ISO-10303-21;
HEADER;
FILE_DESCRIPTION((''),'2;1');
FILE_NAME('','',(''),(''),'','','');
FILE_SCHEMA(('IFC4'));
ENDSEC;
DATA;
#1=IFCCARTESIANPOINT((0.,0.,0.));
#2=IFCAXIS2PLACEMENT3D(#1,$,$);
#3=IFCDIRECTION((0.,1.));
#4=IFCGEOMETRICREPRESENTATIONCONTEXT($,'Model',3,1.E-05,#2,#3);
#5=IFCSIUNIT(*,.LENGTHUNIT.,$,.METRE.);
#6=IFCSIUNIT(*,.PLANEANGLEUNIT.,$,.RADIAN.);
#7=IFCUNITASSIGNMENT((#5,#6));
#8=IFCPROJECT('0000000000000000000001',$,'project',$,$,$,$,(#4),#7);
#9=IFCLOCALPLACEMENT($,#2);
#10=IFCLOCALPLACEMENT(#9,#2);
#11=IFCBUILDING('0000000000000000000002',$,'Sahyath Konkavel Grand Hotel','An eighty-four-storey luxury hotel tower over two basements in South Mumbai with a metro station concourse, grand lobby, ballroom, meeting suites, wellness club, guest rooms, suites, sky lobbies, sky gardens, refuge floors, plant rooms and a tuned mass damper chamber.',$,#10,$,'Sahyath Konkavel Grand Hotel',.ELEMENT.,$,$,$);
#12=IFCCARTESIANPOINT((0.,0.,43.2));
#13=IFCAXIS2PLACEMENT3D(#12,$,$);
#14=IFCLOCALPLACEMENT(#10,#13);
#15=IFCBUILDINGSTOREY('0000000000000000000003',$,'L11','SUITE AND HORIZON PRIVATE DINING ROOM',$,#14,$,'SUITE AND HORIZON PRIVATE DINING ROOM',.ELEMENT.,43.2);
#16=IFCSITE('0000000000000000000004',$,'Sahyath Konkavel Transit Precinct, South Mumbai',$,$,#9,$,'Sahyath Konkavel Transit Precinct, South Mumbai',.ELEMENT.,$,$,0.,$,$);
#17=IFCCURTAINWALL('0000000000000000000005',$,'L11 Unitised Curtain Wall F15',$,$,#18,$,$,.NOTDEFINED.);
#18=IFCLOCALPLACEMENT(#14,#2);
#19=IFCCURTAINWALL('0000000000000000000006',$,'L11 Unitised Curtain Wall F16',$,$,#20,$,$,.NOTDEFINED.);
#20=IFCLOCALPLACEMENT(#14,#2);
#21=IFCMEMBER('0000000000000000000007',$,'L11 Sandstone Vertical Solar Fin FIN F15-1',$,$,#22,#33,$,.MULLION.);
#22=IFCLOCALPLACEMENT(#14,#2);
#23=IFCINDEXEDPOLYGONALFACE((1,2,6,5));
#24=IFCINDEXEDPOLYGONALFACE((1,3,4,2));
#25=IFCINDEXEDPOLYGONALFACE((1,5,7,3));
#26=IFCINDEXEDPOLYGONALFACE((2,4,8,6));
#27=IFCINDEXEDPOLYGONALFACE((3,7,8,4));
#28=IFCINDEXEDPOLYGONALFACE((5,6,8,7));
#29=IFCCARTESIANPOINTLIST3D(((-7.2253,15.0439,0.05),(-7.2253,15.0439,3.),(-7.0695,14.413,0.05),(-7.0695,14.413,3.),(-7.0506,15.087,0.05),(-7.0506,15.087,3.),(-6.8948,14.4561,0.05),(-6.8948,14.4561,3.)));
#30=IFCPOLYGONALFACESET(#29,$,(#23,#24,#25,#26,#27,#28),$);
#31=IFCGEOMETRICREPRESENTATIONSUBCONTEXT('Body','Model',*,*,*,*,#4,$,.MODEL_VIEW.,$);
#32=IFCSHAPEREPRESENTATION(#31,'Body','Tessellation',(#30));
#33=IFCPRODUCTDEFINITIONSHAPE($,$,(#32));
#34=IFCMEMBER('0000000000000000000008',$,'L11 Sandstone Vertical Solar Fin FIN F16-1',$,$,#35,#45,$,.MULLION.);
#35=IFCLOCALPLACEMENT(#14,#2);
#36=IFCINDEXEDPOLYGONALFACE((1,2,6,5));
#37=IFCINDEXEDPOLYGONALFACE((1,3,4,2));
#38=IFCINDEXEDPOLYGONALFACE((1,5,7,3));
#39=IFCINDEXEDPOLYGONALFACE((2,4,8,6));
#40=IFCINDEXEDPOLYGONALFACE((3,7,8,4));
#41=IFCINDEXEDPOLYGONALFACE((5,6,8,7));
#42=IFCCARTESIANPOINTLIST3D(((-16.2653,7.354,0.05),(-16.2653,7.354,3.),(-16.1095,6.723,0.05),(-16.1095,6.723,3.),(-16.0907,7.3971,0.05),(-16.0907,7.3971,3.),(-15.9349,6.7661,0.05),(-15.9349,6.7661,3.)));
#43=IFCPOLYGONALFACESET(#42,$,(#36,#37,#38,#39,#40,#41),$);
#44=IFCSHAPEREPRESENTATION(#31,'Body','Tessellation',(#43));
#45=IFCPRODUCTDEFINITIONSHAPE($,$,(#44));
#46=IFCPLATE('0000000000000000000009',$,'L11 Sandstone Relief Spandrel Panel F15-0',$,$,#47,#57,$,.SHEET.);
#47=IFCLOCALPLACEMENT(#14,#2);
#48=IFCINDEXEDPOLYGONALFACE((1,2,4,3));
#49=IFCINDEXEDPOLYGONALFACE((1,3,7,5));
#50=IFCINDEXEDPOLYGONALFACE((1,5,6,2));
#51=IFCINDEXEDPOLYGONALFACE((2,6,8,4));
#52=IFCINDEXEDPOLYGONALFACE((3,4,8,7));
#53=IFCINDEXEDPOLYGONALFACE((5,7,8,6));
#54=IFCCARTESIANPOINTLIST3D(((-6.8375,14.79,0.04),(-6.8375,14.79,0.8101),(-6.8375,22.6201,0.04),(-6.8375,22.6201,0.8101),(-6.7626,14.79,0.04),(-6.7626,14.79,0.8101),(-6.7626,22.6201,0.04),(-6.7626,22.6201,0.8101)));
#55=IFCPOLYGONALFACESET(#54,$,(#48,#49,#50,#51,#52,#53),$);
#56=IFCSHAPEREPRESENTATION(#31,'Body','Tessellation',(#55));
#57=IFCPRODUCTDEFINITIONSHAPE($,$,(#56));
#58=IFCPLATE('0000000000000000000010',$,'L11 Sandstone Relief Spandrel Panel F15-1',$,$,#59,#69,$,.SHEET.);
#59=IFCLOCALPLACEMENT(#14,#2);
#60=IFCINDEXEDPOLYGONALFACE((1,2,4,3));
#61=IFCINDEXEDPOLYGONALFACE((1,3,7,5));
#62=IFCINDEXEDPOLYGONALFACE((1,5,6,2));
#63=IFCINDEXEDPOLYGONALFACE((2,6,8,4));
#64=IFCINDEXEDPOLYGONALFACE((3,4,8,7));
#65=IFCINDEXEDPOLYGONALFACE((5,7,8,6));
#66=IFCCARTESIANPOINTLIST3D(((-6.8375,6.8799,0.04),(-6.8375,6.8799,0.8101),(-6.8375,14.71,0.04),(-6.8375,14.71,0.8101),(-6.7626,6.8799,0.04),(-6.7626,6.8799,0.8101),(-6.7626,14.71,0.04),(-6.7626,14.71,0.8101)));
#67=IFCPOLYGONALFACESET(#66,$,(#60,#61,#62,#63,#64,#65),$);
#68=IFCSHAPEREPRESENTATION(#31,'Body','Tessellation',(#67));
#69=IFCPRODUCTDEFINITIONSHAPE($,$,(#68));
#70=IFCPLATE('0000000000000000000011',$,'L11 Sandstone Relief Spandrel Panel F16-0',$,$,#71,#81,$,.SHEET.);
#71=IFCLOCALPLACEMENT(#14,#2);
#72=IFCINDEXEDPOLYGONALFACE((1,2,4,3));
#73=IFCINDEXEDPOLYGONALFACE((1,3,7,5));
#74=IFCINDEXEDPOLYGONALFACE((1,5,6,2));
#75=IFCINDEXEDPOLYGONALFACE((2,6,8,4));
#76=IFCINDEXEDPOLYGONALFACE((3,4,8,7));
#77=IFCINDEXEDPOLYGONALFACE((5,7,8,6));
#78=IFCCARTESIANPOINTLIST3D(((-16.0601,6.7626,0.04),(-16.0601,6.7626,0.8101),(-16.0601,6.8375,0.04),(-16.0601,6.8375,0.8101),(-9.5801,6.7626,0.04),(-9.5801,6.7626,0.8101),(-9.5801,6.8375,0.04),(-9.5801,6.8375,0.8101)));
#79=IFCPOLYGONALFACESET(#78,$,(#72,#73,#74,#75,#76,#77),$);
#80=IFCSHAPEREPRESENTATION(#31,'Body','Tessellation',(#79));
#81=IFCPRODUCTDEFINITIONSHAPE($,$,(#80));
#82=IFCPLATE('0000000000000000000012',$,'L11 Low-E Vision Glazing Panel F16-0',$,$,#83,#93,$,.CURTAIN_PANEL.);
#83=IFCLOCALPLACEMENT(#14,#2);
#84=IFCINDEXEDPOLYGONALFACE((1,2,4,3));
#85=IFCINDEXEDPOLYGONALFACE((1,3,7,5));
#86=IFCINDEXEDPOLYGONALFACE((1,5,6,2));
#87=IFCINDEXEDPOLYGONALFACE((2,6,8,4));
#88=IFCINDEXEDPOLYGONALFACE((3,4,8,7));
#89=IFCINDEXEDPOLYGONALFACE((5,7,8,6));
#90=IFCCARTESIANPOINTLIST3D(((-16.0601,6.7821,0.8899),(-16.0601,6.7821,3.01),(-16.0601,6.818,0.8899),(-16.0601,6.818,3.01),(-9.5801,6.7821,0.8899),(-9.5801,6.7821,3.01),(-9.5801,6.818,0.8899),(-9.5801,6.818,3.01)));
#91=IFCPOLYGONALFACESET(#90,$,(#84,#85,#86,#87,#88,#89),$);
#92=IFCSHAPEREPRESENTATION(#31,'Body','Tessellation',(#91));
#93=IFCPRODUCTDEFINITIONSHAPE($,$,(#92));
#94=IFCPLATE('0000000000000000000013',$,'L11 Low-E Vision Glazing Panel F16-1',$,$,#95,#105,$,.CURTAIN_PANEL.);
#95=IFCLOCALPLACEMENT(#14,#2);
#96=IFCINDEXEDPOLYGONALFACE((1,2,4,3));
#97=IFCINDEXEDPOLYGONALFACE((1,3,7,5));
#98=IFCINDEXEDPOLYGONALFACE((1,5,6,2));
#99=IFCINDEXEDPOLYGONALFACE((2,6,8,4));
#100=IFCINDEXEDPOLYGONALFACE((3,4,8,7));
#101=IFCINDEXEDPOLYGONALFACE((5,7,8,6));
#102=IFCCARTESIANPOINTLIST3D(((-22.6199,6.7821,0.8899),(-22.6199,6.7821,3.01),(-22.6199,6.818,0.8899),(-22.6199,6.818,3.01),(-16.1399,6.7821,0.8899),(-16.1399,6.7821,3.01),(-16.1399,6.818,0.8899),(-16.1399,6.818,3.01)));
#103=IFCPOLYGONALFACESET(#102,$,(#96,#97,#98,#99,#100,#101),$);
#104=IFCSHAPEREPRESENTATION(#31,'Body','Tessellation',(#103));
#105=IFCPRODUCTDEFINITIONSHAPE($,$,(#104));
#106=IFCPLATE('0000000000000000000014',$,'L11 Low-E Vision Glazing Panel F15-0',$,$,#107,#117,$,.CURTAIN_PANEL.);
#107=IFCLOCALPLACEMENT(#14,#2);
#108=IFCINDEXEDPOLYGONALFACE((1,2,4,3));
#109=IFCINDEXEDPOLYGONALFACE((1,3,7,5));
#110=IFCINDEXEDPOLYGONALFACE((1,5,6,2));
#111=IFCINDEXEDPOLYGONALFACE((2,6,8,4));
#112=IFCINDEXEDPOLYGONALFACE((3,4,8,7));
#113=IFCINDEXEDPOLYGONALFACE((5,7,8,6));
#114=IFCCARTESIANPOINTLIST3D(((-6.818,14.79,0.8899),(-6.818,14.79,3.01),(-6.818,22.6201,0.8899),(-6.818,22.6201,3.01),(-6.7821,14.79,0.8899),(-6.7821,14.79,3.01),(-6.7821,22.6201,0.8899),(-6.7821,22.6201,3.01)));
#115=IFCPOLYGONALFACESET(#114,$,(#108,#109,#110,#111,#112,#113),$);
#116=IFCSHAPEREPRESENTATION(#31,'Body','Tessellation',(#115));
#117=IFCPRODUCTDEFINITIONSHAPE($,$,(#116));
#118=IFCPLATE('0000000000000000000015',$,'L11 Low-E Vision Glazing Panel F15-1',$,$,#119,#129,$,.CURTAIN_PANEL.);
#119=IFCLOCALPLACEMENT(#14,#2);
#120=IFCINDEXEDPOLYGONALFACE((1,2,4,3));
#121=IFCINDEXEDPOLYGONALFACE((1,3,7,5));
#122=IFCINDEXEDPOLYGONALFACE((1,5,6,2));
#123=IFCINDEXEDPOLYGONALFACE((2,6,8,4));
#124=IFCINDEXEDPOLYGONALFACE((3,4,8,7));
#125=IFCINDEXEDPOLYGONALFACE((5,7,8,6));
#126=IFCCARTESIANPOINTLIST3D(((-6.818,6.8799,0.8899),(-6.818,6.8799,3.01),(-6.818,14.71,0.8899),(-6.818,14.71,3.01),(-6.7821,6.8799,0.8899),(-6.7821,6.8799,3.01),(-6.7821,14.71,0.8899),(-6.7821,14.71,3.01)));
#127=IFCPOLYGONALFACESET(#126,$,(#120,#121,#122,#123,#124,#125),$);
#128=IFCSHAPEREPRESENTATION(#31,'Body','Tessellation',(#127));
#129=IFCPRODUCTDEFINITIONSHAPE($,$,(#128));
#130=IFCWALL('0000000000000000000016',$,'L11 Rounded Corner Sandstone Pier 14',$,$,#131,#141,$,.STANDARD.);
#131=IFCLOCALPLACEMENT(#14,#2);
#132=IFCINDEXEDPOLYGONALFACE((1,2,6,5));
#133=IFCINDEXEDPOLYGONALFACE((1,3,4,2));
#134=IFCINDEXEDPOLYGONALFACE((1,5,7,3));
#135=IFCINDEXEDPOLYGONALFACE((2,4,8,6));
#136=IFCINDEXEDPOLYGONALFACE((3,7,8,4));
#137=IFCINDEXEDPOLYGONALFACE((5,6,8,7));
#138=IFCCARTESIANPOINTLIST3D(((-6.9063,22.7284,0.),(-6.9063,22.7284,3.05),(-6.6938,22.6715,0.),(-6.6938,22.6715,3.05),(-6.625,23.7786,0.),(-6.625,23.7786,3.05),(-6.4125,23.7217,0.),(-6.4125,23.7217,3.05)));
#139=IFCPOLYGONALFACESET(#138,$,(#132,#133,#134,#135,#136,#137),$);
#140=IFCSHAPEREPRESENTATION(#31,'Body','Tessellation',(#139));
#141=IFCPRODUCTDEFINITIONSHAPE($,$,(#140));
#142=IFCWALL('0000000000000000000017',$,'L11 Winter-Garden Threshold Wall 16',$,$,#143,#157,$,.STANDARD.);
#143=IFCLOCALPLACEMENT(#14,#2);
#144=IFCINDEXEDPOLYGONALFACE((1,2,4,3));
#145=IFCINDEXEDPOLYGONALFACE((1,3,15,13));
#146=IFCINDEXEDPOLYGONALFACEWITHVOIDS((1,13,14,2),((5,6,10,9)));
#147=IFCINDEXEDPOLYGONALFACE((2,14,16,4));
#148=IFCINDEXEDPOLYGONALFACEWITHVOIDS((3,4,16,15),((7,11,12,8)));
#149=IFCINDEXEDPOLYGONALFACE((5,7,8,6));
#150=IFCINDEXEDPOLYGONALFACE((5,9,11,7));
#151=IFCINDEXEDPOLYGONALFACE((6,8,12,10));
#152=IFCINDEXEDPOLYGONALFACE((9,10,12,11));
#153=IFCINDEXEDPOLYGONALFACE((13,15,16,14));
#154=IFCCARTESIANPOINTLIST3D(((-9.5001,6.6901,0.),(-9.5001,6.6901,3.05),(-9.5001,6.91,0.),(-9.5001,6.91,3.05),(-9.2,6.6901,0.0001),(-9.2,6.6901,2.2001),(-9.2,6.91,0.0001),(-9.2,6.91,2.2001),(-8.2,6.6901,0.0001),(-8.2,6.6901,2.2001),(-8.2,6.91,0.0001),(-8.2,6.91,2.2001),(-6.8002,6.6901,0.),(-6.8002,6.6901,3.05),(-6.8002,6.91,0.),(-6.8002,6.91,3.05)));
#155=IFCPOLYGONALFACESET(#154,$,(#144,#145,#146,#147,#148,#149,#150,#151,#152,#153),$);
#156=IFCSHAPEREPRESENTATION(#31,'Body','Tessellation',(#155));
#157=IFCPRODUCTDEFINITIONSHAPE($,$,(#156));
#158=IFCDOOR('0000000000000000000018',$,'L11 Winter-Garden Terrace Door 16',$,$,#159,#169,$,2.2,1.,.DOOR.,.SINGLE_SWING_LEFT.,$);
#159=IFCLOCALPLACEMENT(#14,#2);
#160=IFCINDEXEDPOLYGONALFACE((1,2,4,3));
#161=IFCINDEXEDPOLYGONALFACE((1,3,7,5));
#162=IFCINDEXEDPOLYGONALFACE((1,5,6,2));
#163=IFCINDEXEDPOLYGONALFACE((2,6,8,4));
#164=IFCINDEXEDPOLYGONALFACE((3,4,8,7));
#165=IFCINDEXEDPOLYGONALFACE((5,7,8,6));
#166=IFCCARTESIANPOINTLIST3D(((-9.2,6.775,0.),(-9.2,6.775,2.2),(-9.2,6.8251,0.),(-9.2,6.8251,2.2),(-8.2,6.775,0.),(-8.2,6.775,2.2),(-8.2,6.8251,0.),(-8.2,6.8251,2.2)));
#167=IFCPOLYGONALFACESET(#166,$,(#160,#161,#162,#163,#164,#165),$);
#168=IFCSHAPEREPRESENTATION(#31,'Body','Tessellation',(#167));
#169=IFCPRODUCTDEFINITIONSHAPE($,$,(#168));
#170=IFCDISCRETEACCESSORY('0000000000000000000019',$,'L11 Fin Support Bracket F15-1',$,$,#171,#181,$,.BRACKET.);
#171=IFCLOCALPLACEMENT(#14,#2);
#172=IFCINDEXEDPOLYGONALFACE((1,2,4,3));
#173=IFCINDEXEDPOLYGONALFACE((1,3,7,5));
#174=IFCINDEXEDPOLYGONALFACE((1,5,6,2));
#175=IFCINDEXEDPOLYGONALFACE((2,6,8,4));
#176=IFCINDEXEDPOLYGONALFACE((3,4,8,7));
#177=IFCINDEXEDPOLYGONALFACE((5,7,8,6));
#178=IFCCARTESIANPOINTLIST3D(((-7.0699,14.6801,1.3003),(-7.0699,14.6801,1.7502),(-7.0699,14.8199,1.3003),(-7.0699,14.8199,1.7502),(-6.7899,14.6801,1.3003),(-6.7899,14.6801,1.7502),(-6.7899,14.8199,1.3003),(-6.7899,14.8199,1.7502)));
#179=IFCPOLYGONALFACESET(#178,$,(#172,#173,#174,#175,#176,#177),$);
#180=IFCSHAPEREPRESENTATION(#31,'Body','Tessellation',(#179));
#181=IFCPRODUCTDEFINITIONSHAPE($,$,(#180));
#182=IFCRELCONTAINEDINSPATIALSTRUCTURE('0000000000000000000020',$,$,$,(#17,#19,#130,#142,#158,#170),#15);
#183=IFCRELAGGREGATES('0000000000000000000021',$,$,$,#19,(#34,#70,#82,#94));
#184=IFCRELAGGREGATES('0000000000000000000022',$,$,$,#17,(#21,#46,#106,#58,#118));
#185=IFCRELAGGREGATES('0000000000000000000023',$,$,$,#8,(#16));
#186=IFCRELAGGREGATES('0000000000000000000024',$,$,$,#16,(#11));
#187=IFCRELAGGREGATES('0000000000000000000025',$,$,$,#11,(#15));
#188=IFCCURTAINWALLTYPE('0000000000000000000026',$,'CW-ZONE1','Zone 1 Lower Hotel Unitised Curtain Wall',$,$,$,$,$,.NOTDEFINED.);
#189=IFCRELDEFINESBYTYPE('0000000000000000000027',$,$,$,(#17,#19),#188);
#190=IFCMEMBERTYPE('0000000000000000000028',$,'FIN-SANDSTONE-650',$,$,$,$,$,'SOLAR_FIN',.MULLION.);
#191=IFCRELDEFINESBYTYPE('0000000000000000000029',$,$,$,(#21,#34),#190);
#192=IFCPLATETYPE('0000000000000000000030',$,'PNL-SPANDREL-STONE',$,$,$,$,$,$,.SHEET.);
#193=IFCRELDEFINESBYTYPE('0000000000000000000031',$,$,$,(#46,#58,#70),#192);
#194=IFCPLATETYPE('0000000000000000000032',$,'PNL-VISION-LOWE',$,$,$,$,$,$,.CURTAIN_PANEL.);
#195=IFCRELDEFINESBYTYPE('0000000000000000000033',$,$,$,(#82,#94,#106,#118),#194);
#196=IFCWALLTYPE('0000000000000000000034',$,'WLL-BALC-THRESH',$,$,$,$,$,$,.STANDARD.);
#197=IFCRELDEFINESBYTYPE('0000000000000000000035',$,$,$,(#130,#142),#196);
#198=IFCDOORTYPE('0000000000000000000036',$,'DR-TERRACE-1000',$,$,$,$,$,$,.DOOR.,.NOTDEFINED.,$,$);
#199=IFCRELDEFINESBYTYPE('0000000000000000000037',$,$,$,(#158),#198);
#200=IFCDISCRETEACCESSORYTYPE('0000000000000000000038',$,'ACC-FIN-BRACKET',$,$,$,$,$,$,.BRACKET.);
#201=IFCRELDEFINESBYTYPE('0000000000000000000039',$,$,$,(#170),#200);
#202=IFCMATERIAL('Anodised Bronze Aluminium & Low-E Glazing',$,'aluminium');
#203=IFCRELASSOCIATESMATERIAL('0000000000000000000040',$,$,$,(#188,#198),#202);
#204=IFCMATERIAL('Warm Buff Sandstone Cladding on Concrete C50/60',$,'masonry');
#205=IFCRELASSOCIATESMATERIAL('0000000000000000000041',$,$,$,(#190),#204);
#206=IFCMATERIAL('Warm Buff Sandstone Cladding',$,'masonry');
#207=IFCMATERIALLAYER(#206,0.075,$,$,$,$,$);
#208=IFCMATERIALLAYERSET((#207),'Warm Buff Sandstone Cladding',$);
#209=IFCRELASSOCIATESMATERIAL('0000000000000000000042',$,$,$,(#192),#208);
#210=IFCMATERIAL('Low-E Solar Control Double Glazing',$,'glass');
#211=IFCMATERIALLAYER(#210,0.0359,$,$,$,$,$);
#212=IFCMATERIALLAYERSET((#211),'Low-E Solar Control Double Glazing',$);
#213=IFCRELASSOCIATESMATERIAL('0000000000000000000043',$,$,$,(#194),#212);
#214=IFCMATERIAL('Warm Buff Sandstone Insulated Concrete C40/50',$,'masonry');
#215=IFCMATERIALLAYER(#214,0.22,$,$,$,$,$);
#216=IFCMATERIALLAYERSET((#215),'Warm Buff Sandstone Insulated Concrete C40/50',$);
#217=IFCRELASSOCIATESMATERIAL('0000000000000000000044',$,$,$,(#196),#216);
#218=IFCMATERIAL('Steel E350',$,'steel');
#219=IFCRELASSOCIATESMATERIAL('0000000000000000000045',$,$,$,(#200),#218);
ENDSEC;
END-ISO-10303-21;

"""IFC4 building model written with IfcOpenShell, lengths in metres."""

from ifc_helpers import new_model, si_unit, direction, frame, frame_2d, origin, origin_2d, place, context, subcontext, project, spatial, rectangle, extrude, source, transform, mapped, material, layer, layer_set, material_profile, profile_set, type_object, element, fill, aggregate, save


model = new_model("IFC4")

# Units and contexts
model_context = context("Model", 3, precision=1e-05, world=origin(), true_north=direction((0.0, 1.0)))
body_context = subcontext(model_context, "Body", "Model", "MODEL_VIEW")
ifc_project = project(units=[si_unit("LENGTHUNIT", "METRE"), si_unit("PLANEANGLEUNIT", "RADIAN")], contexts=[model_context])

# Site, building, storey
site_placement = place(None, origin())
site = spatial("IfcSite", under=ifc_project, at=site_placement, Name="Sahyath Konkavel Transit Precinct, South Mumbai", LongName="Sahyath Konkavel Transit Precinct, South Mumbai", CompositionType="ELEMENT", RefElevation=0.0)
building_placement = place(site_placement, origin())
building = spatial("IfcBuilding", under=site, at=building_placement, Name="Sahyath Konkavel Grand Hotel", Description="An eighty-four-storey luxury hotel tower over two basements in South Mumbai with a metro station concourse, grand lobby, ballroom, meeting suites, wellness club, guest rooms, suites, sky lobbies, sky gardens, refuge floors, plant rooms and a tuned mass damper chamber.", LongName="Sahyath Konkavel Grand Hotel", CompositionType="ELEMENT")
storey_placement = place(building_placement, frame((0.0, 0.0, 43.2)))
storey = spatial("IfcBuildingStorey", under=building, at=storey_placement, Name="L11", Description="SUITE AND HORIZON PRIVATE DINING ROOM", LongName="SUITE AND HORIZON PRIVATE DINING ROOM", CompositionType="ELEMENT", Elevation=43.2)

# Curtain walls
ifc_material_1 = material(Name="Anodised Bronze Aluminium & Low-E Glazing", Category="aluminium")
curtain_wall_type = type_object("IfcCurtainWallType", Name="CW-ZONE1", Description="Zone 1 Lower Hotel Unitised Curtain Wall", PredefinedType="NOTDEFINED", material=ifc_material_1)
curtain_wall_1_placement = place(storey_placement, origin())
curtain_wall_1 = element("IfcCurtainWall", 1, at=curtain_wall_1_placement, inside=storey, type_object=curtain_wall_type, Name="L11 Unitised Curtain Wall F15", PredefinedType="NOTDEFINED")
curtain_wall_2_placement = place(storey_placement, origin())
curtain_wall_2 = element("IfcCurtainWall", 2, at=curtain_wall_2_placement, inside=storey, type_object=curtain_wall_type, Name="L11 Unitised Curtain Wall F16", PredefinedType="NOTDEFINED")

# Members
ifc_material_2 = material(Name="Warm Buff Sandstone Cladding on Concrete C50/60", Category="masonry")
ifc_material_profile_1 = material_profile(ifc_material_2, rectangle(XDim=0.1799, YDim=0.6499, at=origin_2d()), Name="FIN 180x650")
ifc_profile_set_1 = profile_set([ifc_material_profile_1], Name="Warm Buff Sandstone Cladding on Concrete C50/60")
member_type_1 = type_object("IfcMemberType", Name="FIN-SANDSTONE-650", ElementType="SOLAR_FIN", PredefinedType="MULLION", material=ifc_profile_set_1)
shared_shape_1 = source(origin(), body_context, "Body", "SweptSolid", [
    extrude(rectangle(XDim=0.1799, YDim=0.6499, at=origin_2d()), origin(), (0.0, 0.0, 1.0), 2.95),
])
member_1_placement = place(storey_placement, frame((-7.0601, 14.75, 0.05), z_axis=(0.0, 0.0, 1.0), x_axis=(0.970842, 0.23972, 0.0)))
member_1 = element("IfcMember", 3, at=member_1_placement, type_object=member_type_1, Name="L11 Sandstone Vertical Solar Fin FIN F15-1", PredefinedType="MULLION", context=body_context, shape_type="MappedRepresentation", body=[
    mapped(shared_shape_1, transform((0.0, 0.0, 0.0), scale=1.0)),
])
member_2_placement = place(storey_placement, frame((-16.1001, 7.0601, 0.05), z_axis=(0.0, 0.0, 1.0), x_axis=(0.970842, 0.23972, 0.0)))
member_2 = element("IfcMember", 4, at=member_2_placement, type_object=member_type_1, Name="L11 Sandstone Vertical Solar Fin FIN F16-1", PredefinedType="MULLION", context=body_context, shape_type="MappedRepresentation", body=[
    mapped(shared_shape_1, transform((0.0, 0.0, 0.0), scale=1.0)),
])

# Plates
ifc_material_3 = material(Name="Warm Buff Sandstone Cladding", Category="masonry")
ifc_layer_1 = layer(ifc_material_3, 0.075)
ifc_layer_set_1 = layer_set([ifc_layer_1], Name="Warm Buff Sandstone Cladding")
plate_type_1 = type_object("IfcPlateType", Name="PNL-SPANDREL-STONE", PredefinedType="SHEET", material=ifc_layer_set_1)
shared_shape_2 = source(origin(), body_context, "Body", "SweptSolid", [
    extrude(rectangle(XDim=7.8301, YDim=0.075, at=origin_2d()), origin(), (0.0, 0.0, 1.0), 0.77),
])
plate_1_placement = place(storey_placement, frame((-6.8, 18.7051, 0.04), z_axis=(0.0, 0.0, 1.0), x_axis=(0.0, -1.0, 0.0)))
plate_1 = element("IfcPlate", 5, at=plate_1_placement, type_object=plate_type_1, Name="L11 Sandstone Relief Spandrel Panel F15-0", PredefinedType="SHEET", context=body_context, shape_type="MappedRepresentation", body=[
    mapped(shared_shape_2, transform((0.0, 0.0, 0.0), scale=1.0)),
])
plate_2_placement = place(storey_placement, frame((-6.8, 10.7949, 0.04), z_axis=(0.0, 0.0, 1.0), x_axis=(0.0, -1.0, 0.0)))
plate_2 = element("IfcPlate", 6, at=plate_2_placement, type_object=plate_type_1, Name="L11 Sandstone Relief Spandrel Panel F15-1", PredefinedType="SHEET", context=body_context, shape_type="MappedRepresentation", body=[
    mapped(shared_shape_2, transform((0.0, 0.0, 0.0), scale=1.0)),
])
shared_shape_3 = source(origin(), body_context, "Body", "SweptSolid", [
    extrude(rectangle(XDim=6.48, YDim=0.075, at=origin_2d()), origin(), (0.0, 0.0, 1.0), 0.77),
])
plate_3_placement = place(storey_placement, frame((-12.8201, 6.8, 0.04), z_axis=(0.0, 0.0, 1.0), x_axis=(-1.0, 0.0, 0.0)))
plate_3 = element("IfcPlate", 7, at=plate_3_placement, type_object=plate_type_1, Name="L11 Sandstone Relief Spandrel Panel F16-0", PredefinedType="SHEET", context=body_context, shape_type="MappedRepresentation", body=[
    mapped(shared_shape_3, transform((0.0, 0.0, 0.0), scale=1.0)),
])
ifc_material_4 = material(Name="Low-E Solar Control Double Glazing", Category="glass")
ifc_layer_2 = layer(ifc_material_4, 0.0359)
ifc_layer_set_2 = layer_set([ifc_layer_2], Name="Low-E Solar Control Double Glazing")
plate_type_2 = type_object("IfcPlateType", Name="PNL-VISION-LOWE", PredefinedType="CURTAIN_PANEL", material=ifc_layer_set_2)
shared_shape_4 = source(origin(), body_context, "Body", "SweptSolid", [
    extrude(rectangle(XDim=6.48, YDim=0.0359, at=origin_2d()), origin(), (0.0, 0.0, 1.0), 2.1201),
])
plate_4_placement = place(storey_placement, frame((-12.8201, 6.8, 0.8899), z_axis=(0.0, 0.0, 1.0), x_axis=(-1.0, 0.0, 0.0)))
plate_4 = element("IfcPlate", 8, at=plate_4_placement, type_object=plate_type_2, Name="L11 Low-E Vision Glazing Panel F16-0", PredefinedType="CURTAIN_PANEL", context=body_context, shape_type="MappedRepresentation", body=[
    mapped(shared_shape_4, transform((0.0, 0.0, 0.0), scale=1.0)),
])
plate_5_placement = place(storey_placement, frame((-19.3799, 6.8, 0.8899), z_axis=(0.0, 0.0, 1.0), x_axis=(-1.0, 0.0, 0.0)))
plate_5 = element("IfcPlate", 9, at=plate_5_placement, type_object=plate_type_2, Name="L11 Low-E Vision Glazing Panel F16-1", PredefinedType="CURTAIN_PANEL", context=body_context, shape_type="MappedRepresentation", body=[
    mapped(shared_shape_4, transform((0.0, 0.0, 0.0), scale=1.0)),
])
aggregate(curtain_wall_2, [member_2, plate_3, plate_4, plate_5])
shared_shape_5 = source(origin(), body_context, "Body", "SweptSolid", [
    extrude(rectangle(XDim=7.8301, YDim=0.0359, at=origin_2d()), origin(), (0.0, 0.0, 1.0), 2.1201),
])
plate_6_placement = place(storey_placement, frame((-6.8, 18.7051, 0.8899), z_axis=(0.0, 0.0, 1.0), x_axis=(0.0, -1.0, 0.0)))
plate_6 = element("IfcPlate", 10, at=plate_6_placement, type_object=plate_type_2, Name="L11 Low-E Vision Glazing Panel F15-0", PredefinedType="CURTAIN_PANEL", context=body_context, shape_type="MappedRepresentation", body=[
    mapped(shared_shape_5, transform((0.0, 0.0, 0.0), scale=1.0)),
])
plate_7_placement = place(storey_placement, frame((-6.8, 10.7949, 0.8899), z_axis=(0.0, 0.0, 1.0), x_axis=(0.0, -1.0, 0.0)))
plate_7 = element("IfcPlate", 11, at=plate_7_placement, type_object=plate_type_2, Name="L11 Low-E Vision Glazing Panel F15-1", PredefinedType="CURTAIN_PANEL", context=body_context, shape_type="MappedRepresentation", body=[
    mapped(shared_shape_5, transform((0.0, 0.0, 0.0), scale=1.0)),
])
aggregate(curtain_wall_1, [member_1, plate_1, plate_6, plate_2, plate_7])

# Wall
ifc_material_5 = material(Name="Warm Buff Sandstone Insulated Concrete C40/50", Category="masonry")
ifc_layer_3 = layer(ifc_material_5, 0.22)
ifc_layer_set_3 = layer_set([ifc_layer_3], Name="Warm Buff Sandstone Insulated Concrete C40/50")
wall_type = type_object("IfcWallType", Name="WLL-BALC-THRESH", PredefinedType="STANDARD", material=ifc_layer_set_3)
wall_1_placement = place(storey_placement, frame((-6.5188, 23.75, 0.0), z_axis=(0.0, 0.0, 1.0), x_axis=(-0.258725, -0.965951, 0.0)))
element("IfcWall", 12, at=wall_1_placement, inside=storey, type_object=wall_type, Name="L11 Rounded Corner Sandstone Pier 14", PredefinedType="STANDARD", context=body_context, shape_type="SweptSolid", body=[
    extrude(rectangle(XDim=1.0872, YDim=0.22, at=frame_2d((0.5435, 0.0))), origin(), (0.0, 0.0, 1.0), 3.05),
])

# Wall, opening, door
wall_2_placement = place(storey_placement, frame((-6.8, 6.8, 0.0), z_axis=(0.0, 0.0, 1.0), x_axis=(-1.0, 0.0, 0.0)))
wall_2 = element("IfcWall", 13, at=wall_2_placement, inside=storey, type_object=wall_type, Name="L11 Winter-Garden Threshold Wall 16", PredefinedType="STANDARD", context=body_context, shape_type="SweptSolid", body=[
    extrude(rectangle(XDim=2.7, YDim=0.22, at=frame_2d((1.3501, 0.0))), origin(), (0.0, 0.0, 1.0), 3.05),
])
opening_placement = place(wall_2_placement, frame((1.3999, 0.0, 0.0)))
opening = element("IfcOpeningElement", 14, at=opening_placement, cuts=wall_2, PredefinedType="OPENING", context=body_context, shape_type="SweptSolid", body=[
    extrude(rectangle(XDim=1.0, YDim=2.2, at=frame_2d((0.5, 1.1001))), frame((0.0, 0.1201, 0.0), z_axis=(0.0, -1.0, 0.0), x_axis=(1.0, 0.0, 0.0)), (0.0, 0.0, 1.0), 0.24),
])
door_type = type_object("IfcDoorType", Name="DR-TERRACE-1000", OperationType="NOTDEFINED", PredefinedType="DOOR", material=ifc_material_1)
shared_shape_6 = source(origin(), body_context, "Body", "SweptSolid", [
    extrude(rectangle(XDim=1.0, YDim=0.05, at=origin_2d()), origin(), (0.0, 0.0, 1.0), 2.2),
])
door_placement = place(opening_placement, frame((0.5, 0.0, 0.0)))
door = element("IfcDoor", 15, at=door_placement, inside=storey, type_object=door_type, Name="L11 Winter-Garden Terrace Door 16", OperationType="SINGLE_SWING_LEFT", OverallHeight=2.2, OverallWidth=1.0, PredefinedType="DOOR", context=body_context, shape_type="MappedRepresentation", body=[
    mapped(shared_shape_6, transform((0.0, 0.0, 0.0), scale=1.0)),
])
fill(opening, door)

# Discrete accessory
ifc_material_6 = material(Name="Steel E350", Category="steel")
discrete_accessory_type = type_object("IfcDiscreteAccessoryType", Name="ACC-FIN-BRACKET", PredefinedType="BRACKET", material=ifc_material_6)
shared_shape_7 = source(origin(), body_context, "Body", "SweptSolid", [
    extrude(rectangle(XDim=0.28, YDim=0.1399, at=origin_2d()), origin(), (0.0, 0.0, 1.0), 0.45),
])
for number, where, z_axis, x_axis, name in (
    (16, (-6.9299, 14.75, 1.3003), (0.0, 0.0, 1.0), (-1.0, 0.0, 0.0), "L11 Fin Support Bracket F15-1"),
):
    element("IfcDiscreteAccessory", number, at=place(storey_placement, frame(where, z_axis=z_axis, x_axis=x_axis)), inside=storey, type_object=discrete_accessory_type, Name=name, PredefinedType="BRACKET", context=body_context, shape_type="MappedRepresentation", body=[
        mapped(shared_shape_7, transform((0.0, 0.0, 0.0), scale=1.0)),
    ])

save(model, "model.ifc")
